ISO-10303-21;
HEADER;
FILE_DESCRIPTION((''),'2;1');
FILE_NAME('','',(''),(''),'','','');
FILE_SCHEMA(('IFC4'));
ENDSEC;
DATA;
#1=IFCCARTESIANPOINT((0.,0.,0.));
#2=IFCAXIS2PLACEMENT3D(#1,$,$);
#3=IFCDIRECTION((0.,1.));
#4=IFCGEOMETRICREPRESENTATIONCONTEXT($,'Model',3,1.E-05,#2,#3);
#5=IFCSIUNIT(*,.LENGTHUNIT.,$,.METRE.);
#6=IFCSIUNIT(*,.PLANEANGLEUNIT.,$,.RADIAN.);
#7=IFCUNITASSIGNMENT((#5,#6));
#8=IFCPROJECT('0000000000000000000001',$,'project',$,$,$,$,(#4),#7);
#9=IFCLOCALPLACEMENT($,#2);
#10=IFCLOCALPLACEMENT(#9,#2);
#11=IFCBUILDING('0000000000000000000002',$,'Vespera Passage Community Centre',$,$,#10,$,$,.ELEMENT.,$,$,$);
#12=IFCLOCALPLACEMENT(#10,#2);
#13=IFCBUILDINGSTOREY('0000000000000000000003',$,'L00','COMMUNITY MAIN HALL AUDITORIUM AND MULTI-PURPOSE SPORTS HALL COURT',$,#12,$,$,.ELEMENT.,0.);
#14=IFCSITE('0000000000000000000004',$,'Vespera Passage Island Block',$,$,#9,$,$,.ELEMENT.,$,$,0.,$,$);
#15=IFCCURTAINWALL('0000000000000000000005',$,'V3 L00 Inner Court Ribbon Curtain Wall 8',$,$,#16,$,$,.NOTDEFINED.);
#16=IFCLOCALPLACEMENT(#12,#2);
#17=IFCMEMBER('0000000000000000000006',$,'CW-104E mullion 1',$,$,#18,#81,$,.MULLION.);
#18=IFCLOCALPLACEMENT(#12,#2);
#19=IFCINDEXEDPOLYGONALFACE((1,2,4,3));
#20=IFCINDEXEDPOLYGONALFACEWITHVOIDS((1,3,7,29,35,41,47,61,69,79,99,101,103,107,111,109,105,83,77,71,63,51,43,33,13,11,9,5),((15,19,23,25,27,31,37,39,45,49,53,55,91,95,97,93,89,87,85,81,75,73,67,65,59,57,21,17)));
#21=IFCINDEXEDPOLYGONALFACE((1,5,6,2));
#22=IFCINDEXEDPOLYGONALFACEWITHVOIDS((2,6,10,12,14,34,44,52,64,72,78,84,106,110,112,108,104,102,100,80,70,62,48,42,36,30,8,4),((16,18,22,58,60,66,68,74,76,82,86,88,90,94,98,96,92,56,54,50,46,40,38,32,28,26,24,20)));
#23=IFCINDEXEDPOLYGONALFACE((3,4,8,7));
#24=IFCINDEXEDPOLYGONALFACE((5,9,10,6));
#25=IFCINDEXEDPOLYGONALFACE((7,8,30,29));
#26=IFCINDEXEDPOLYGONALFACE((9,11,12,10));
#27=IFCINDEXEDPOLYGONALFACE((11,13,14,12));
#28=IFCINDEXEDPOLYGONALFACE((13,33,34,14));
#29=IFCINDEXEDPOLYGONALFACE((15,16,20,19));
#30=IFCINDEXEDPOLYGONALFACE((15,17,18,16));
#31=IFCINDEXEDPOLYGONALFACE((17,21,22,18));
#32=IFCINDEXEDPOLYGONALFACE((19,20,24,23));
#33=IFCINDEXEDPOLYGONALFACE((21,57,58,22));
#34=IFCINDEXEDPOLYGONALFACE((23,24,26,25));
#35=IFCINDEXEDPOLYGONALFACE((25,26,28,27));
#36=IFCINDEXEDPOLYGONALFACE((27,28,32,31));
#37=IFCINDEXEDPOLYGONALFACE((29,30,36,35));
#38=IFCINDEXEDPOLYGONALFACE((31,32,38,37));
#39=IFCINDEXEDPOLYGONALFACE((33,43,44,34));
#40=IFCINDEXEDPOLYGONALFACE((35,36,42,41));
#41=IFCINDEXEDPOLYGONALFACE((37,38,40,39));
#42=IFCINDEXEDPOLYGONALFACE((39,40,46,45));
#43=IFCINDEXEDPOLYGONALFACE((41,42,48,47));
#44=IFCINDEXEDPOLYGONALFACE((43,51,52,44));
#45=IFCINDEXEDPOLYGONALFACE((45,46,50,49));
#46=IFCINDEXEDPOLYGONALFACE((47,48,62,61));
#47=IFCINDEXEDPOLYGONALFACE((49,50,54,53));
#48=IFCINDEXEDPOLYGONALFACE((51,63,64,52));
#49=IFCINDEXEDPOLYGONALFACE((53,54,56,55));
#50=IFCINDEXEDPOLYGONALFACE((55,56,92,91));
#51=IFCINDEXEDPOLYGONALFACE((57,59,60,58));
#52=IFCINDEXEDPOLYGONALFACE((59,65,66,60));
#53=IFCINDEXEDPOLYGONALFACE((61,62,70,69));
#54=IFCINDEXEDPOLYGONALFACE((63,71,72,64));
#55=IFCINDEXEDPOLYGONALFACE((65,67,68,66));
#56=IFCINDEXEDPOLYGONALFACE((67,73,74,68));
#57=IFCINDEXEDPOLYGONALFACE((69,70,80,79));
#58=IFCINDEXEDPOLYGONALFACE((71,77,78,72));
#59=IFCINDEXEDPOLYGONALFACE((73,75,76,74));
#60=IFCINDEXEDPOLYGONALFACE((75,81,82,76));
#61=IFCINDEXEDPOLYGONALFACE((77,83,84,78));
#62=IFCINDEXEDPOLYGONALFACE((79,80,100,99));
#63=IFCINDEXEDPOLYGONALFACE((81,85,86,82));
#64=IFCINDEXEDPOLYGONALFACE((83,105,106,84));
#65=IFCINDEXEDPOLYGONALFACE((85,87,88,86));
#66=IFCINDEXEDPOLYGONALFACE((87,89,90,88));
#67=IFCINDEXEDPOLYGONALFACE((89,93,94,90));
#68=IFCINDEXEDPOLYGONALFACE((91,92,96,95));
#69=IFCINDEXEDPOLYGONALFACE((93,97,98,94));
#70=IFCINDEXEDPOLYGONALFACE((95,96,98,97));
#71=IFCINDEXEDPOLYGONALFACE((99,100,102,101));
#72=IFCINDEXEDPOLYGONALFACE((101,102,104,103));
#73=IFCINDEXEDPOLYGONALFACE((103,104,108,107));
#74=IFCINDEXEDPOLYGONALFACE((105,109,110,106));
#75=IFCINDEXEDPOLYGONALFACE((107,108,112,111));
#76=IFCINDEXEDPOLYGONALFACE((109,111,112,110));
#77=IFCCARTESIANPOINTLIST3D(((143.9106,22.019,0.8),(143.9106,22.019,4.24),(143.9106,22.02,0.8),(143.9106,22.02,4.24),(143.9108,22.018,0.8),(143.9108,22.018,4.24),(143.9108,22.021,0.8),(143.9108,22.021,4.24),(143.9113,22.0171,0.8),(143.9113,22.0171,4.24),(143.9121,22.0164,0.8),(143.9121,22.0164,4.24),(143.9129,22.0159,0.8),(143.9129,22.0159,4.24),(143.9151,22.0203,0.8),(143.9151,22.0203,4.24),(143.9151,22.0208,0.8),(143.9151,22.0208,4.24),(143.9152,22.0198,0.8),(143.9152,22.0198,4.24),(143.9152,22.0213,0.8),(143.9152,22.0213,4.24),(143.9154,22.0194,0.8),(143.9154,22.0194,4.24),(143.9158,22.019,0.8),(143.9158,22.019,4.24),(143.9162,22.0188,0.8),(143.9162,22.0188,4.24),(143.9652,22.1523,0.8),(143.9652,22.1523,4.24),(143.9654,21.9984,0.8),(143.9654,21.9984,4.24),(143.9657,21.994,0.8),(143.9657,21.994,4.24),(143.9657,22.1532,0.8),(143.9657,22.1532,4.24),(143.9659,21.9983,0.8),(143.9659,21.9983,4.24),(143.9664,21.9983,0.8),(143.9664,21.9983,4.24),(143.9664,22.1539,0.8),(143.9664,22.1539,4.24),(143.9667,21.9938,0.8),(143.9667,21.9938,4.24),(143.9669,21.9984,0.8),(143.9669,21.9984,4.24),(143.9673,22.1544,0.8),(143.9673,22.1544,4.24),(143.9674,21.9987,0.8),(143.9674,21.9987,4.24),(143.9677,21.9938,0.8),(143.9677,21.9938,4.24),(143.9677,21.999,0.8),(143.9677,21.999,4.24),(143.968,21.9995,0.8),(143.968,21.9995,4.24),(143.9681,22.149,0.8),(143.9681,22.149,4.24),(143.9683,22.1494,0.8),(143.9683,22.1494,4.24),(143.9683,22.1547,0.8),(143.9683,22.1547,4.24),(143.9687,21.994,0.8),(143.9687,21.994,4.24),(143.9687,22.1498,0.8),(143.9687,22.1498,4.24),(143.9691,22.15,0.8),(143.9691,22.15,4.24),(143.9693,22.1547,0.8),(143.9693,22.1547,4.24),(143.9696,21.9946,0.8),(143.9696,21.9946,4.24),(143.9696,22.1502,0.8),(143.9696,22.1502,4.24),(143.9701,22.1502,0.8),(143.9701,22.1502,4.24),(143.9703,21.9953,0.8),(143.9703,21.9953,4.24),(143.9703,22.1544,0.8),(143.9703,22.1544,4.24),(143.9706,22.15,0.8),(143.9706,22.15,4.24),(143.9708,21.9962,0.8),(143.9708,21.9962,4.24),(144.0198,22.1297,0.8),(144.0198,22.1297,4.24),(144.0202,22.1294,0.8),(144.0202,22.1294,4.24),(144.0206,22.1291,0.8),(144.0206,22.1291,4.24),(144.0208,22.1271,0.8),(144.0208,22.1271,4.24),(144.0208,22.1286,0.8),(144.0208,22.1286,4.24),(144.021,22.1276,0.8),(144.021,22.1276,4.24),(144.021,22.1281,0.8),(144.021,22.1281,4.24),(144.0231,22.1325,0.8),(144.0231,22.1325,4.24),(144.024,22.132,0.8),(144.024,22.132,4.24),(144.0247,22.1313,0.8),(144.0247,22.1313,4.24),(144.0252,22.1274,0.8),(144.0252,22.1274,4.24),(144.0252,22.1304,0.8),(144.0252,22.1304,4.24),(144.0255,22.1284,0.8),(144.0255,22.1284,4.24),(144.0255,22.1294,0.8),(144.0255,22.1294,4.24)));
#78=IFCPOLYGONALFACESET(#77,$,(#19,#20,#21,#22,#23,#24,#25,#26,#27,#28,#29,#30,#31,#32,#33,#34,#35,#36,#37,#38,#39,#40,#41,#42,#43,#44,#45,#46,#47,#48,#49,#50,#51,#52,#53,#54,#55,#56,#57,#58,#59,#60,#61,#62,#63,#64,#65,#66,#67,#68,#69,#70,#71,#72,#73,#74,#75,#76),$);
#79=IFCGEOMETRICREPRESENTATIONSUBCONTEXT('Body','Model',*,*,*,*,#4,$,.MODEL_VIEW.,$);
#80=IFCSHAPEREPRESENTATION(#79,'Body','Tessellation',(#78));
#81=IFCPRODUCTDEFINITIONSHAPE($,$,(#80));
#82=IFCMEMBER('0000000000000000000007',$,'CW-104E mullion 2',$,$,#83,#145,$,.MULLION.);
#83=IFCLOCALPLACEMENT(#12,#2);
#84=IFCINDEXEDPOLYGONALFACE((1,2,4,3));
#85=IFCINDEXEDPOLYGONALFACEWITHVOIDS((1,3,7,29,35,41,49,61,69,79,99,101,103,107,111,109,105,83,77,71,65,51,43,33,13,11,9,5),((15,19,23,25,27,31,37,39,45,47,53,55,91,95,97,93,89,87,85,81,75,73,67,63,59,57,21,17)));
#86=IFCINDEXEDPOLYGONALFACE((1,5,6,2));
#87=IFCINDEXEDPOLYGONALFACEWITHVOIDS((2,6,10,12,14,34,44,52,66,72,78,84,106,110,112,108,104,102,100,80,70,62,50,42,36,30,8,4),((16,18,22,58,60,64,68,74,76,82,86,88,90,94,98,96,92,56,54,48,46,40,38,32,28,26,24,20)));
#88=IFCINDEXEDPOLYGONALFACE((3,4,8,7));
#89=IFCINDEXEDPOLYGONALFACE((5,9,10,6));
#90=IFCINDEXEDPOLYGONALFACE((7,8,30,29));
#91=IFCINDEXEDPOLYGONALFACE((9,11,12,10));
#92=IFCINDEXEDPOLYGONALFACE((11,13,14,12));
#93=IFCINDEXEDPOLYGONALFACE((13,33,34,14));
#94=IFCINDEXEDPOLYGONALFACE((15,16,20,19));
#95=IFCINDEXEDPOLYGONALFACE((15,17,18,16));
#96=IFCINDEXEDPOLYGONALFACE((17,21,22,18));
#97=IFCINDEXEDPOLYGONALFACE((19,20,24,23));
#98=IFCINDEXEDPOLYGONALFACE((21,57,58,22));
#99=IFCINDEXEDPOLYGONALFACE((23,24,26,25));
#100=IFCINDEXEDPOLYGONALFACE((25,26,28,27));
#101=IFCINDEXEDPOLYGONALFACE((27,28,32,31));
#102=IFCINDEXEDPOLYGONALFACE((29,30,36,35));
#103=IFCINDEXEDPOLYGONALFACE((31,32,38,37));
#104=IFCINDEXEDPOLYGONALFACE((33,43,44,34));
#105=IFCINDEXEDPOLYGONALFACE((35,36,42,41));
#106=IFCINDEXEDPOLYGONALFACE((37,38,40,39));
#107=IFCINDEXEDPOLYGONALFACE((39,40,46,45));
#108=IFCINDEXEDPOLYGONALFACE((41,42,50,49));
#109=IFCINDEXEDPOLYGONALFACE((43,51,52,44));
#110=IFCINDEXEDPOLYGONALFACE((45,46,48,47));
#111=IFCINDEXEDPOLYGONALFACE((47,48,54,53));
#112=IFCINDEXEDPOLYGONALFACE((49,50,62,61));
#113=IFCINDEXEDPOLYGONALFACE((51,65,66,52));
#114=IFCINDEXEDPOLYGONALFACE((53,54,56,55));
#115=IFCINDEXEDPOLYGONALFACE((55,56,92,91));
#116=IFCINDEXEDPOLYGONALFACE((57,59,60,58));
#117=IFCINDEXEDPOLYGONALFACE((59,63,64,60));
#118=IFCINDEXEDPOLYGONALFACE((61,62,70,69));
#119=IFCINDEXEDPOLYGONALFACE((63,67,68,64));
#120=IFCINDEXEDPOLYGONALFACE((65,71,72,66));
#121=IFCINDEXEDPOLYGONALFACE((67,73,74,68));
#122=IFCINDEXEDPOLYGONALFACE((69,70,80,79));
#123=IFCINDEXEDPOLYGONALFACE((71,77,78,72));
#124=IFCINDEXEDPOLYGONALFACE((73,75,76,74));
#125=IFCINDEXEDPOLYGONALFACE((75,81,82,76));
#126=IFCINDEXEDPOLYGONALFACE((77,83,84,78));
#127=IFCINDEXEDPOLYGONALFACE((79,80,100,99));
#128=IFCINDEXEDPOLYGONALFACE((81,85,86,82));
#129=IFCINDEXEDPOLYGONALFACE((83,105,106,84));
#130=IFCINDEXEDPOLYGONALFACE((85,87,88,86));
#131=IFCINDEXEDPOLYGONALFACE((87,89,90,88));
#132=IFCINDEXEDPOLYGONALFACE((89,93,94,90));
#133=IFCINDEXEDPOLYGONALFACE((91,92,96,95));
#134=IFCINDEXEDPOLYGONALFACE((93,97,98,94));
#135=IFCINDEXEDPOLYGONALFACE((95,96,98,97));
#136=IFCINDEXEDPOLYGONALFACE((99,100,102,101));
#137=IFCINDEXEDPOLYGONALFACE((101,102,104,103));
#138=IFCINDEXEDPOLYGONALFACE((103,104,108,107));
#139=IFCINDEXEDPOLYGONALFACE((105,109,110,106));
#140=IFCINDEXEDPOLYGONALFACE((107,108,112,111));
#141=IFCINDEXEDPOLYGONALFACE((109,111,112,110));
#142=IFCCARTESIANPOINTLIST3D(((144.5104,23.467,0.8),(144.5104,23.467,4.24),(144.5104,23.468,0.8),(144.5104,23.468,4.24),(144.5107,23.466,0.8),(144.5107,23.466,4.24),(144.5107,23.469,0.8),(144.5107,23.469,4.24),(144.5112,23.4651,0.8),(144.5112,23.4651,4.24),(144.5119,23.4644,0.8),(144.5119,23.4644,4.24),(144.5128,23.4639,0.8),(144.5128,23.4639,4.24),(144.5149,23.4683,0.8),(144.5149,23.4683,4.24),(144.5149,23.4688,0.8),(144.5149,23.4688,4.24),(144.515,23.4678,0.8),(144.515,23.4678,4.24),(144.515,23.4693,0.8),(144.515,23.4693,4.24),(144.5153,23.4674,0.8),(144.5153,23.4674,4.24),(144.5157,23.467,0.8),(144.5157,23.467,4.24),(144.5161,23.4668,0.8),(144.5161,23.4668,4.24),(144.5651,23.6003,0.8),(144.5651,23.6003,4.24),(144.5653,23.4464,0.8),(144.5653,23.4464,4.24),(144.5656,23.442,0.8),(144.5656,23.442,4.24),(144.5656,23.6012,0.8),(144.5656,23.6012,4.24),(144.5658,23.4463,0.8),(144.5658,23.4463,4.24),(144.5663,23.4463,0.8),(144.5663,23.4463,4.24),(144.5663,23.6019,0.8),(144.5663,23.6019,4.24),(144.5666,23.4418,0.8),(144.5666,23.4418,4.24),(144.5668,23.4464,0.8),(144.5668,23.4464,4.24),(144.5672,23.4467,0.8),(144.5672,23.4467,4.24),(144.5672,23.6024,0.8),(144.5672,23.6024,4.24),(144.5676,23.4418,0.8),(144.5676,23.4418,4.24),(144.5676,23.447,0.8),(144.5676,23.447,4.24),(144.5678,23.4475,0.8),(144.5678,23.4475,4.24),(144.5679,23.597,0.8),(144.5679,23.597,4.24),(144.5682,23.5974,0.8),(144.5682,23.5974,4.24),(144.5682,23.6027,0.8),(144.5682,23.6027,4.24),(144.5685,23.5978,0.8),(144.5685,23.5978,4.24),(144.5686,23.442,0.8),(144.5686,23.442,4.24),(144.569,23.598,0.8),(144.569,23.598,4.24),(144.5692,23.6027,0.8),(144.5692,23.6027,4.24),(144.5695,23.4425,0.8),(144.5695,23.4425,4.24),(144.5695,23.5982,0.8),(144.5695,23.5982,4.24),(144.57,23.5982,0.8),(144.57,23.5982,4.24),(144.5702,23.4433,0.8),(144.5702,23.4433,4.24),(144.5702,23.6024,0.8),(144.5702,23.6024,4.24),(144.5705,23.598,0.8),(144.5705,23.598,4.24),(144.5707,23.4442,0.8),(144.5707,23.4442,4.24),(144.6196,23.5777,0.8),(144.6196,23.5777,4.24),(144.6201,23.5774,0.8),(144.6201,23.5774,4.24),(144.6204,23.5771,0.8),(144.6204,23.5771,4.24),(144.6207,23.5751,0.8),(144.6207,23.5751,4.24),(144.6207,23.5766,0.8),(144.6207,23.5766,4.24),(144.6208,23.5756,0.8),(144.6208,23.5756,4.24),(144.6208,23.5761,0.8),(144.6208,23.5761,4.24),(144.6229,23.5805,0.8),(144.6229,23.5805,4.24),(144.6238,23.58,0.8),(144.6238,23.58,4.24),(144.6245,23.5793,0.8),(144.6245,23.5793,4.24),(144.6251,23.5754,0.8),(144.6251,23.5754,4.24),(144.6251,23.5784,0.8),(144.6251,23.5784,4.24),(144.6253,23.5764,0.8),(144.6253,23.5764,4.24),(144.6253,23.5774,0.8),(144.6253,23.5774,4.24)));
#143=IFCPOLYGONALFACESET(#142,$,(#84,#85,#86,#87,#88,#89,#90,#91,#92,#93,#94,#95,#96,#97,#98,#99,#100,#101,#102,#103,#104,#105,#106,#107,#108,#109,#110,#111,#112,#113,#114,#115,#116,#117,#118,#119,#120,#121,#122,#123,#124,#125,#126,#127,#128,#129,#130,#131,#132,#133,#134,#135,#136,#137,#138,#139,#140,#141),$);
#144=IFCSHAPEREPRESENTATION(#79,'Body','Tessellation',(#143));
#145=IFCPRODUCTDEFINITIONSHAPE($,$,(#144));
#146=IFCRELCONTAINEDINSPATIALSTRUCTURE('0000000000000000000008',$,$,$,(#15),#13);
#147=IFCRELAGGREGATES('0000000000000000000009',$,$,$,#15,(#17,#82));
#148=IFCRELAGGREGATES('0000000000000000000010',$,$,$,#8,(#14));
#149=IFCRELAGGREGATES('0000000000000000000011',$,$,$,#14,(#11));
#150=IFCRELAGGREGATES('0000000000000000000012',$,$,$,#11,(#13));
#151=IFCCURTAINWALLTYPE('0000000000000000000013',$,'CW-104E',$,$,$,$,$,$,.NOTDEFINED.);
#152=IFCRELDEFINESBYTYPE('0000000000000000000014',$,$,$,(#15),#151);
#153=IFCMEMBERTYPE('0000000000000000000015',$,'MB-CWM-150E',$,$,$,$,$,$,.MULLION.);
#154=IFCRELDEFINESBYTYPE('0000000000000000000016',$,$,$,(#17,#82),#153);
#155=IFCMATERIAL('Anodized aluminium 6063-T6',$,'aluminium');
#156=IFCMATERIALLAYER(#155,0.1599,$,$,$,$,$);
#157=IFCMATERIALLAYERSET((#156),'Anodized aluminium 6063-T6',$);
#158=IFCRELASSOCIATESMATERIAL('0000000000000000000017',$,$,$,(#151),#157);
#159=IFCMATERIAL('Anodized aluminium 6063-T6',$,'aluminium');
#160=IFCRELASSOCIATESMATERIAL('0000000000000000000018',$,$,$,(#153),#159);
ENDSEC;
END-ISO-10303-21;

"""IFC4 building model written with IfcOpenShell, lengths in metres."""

from ifc_helpers import new_model, si_unit, direction, frame, origin, origin_2d, place, context, subcontext, project, spatial, hollow_rectangle, extrude, material, layer, layer_set, material_profile, profile_set, type_object, element, aggregate, save


model = new_model("IFC4")

# Units and contexts
model_context = context("Model", 3, precision=1e-05, world=origin(), true_north=direction((0.0, 1.0)))
body_context = subcontext(model_context, "Body", "Model", "MODEL_VIEW")
ifc_project = project(units=[si_unit("LENGTHUNIT", "METRE"), si_unit("PLANEANGLEUNIT", "RADIAN")], contexts=[model_context])

# Site, building, storey
site_placement = place(None, origin())
site = spatial("IfcSite", under=ifc_project, at=site_placement, Name="Vespera Passage Island Block", CompositionType="ELEMENT", RefElevation=0.0)
building_placement = place(site_placement, origin())
building = spatial("IfcBuilding", under=site, at=building_placement, Name="Vespera Passage Community Centre", CompositionType="ELEMENT")
storey_placement = place(building_placement, origin())
storey = spatial("IfcBuildingStorey", under=building, at=storey_placement, Name="L00", Description="COMMUNITY MAIN HALL AUDITORIUM AND MULTI-PURPOSE SPORTS HALL COURT", CompositionType="ELEMENT", Elevation=0.0)

# Curtain wall, members
ifc_material_1 = material(Name="Anodized aluminium 6063-T6", Category="aluminium")
ifc_layer_1 = layer(ifc_material_1, 0.1599)
ifc_layer_set_1 = layer_set([ifc_layer_1], Name="Anodized aluminium 6063-T6")
curtain_wall_type = type_object("IfcCurtainWallType", Name="CW-104E", PredefinedType="NOTDEFINED", material=ifc_layer_set_1)
ifc_material_2 = material(Name="Anodized aluminium 6063-T6", Category="aluminium")
ifc_material_profile_1 = material_profile(ifc_material_2, hollow_rectangle(XDim=0.0649, YDim=0.1499, WallThickness=0.0039, InnerFilletRadius=0.002, OuterFilletRadius=0.0039, at=origin_2d()), Name="ALU150X65X4")
ifc_profile_set_1 = profile_set([ifc_material_profile_1], Name="Anodized aluminium 6063-T6")
member_type_1 = type_object("IfcMemberType", Name="MB-CWM-150E", PredefinedType="MULLION", material=ifc_profile_set_1)
curtain_wall_1_placement = place(storey_placement, origin())
curtain_wall_1 = element("IfcCurtainWall", 1, at=curtain_wall_1_placement, inside=storey, type_object=curtain_wall_type, Name="V3 L00 Inner Court Ribbon Curtain Wall 8", PredefinedType="NOTDEFINED")
member_1_placement = place(storey_placement, frame((143.968, 22.0742, 0.8), z_axis=(0.0, 0.0, 1.0), x_axis=(-0.923879, 0.382686, 0.0)))
member_1 = element("IfcMember", 2, at=member_1_placement, type_object=member_type_1, Name="CW-104E mullion 1", PredefinedType="MULLION", context=body_context, shape_type="SweptSolid", body=[
    extrude(hollow_rectangle(XDim=0.0649, YDim=0.1499, WallThickness=0.0039, InnerFilletRadius=0.002, OuterFilletRadius=0.0039, at=origin_2d()), origin(), (0.0, 0.0, 1.0), 3.4399),
])
member_2_placement = place(storey_placement, frame((144.5679, 23.5222, 0.8), z_axis=(0.0, 0.0, 1.0), x_axis=(-0.923879, 0.382686, 0.0)))
member_2 = element("IfcMember", 3, at=member_2_placement, type_object=member_type_1, Name="CW-104E mullion 2", PredefinedType="MULLION", context=body_context, shape_type="SweptSolid", body=[
    extrude(hollow_rectangle(XDim=0.0649, YDim=0.1499, WallThickness=0.0039, InnerFilletRadius=0.002, OuterFilletRadius=0.0039, at=origin_2d()), origin(), (0.0, 0.0, 1.0), 3.4399),
])

aggregate(curtain_wall_1, [member_1, member_2])

save(model, "model.ifc")
